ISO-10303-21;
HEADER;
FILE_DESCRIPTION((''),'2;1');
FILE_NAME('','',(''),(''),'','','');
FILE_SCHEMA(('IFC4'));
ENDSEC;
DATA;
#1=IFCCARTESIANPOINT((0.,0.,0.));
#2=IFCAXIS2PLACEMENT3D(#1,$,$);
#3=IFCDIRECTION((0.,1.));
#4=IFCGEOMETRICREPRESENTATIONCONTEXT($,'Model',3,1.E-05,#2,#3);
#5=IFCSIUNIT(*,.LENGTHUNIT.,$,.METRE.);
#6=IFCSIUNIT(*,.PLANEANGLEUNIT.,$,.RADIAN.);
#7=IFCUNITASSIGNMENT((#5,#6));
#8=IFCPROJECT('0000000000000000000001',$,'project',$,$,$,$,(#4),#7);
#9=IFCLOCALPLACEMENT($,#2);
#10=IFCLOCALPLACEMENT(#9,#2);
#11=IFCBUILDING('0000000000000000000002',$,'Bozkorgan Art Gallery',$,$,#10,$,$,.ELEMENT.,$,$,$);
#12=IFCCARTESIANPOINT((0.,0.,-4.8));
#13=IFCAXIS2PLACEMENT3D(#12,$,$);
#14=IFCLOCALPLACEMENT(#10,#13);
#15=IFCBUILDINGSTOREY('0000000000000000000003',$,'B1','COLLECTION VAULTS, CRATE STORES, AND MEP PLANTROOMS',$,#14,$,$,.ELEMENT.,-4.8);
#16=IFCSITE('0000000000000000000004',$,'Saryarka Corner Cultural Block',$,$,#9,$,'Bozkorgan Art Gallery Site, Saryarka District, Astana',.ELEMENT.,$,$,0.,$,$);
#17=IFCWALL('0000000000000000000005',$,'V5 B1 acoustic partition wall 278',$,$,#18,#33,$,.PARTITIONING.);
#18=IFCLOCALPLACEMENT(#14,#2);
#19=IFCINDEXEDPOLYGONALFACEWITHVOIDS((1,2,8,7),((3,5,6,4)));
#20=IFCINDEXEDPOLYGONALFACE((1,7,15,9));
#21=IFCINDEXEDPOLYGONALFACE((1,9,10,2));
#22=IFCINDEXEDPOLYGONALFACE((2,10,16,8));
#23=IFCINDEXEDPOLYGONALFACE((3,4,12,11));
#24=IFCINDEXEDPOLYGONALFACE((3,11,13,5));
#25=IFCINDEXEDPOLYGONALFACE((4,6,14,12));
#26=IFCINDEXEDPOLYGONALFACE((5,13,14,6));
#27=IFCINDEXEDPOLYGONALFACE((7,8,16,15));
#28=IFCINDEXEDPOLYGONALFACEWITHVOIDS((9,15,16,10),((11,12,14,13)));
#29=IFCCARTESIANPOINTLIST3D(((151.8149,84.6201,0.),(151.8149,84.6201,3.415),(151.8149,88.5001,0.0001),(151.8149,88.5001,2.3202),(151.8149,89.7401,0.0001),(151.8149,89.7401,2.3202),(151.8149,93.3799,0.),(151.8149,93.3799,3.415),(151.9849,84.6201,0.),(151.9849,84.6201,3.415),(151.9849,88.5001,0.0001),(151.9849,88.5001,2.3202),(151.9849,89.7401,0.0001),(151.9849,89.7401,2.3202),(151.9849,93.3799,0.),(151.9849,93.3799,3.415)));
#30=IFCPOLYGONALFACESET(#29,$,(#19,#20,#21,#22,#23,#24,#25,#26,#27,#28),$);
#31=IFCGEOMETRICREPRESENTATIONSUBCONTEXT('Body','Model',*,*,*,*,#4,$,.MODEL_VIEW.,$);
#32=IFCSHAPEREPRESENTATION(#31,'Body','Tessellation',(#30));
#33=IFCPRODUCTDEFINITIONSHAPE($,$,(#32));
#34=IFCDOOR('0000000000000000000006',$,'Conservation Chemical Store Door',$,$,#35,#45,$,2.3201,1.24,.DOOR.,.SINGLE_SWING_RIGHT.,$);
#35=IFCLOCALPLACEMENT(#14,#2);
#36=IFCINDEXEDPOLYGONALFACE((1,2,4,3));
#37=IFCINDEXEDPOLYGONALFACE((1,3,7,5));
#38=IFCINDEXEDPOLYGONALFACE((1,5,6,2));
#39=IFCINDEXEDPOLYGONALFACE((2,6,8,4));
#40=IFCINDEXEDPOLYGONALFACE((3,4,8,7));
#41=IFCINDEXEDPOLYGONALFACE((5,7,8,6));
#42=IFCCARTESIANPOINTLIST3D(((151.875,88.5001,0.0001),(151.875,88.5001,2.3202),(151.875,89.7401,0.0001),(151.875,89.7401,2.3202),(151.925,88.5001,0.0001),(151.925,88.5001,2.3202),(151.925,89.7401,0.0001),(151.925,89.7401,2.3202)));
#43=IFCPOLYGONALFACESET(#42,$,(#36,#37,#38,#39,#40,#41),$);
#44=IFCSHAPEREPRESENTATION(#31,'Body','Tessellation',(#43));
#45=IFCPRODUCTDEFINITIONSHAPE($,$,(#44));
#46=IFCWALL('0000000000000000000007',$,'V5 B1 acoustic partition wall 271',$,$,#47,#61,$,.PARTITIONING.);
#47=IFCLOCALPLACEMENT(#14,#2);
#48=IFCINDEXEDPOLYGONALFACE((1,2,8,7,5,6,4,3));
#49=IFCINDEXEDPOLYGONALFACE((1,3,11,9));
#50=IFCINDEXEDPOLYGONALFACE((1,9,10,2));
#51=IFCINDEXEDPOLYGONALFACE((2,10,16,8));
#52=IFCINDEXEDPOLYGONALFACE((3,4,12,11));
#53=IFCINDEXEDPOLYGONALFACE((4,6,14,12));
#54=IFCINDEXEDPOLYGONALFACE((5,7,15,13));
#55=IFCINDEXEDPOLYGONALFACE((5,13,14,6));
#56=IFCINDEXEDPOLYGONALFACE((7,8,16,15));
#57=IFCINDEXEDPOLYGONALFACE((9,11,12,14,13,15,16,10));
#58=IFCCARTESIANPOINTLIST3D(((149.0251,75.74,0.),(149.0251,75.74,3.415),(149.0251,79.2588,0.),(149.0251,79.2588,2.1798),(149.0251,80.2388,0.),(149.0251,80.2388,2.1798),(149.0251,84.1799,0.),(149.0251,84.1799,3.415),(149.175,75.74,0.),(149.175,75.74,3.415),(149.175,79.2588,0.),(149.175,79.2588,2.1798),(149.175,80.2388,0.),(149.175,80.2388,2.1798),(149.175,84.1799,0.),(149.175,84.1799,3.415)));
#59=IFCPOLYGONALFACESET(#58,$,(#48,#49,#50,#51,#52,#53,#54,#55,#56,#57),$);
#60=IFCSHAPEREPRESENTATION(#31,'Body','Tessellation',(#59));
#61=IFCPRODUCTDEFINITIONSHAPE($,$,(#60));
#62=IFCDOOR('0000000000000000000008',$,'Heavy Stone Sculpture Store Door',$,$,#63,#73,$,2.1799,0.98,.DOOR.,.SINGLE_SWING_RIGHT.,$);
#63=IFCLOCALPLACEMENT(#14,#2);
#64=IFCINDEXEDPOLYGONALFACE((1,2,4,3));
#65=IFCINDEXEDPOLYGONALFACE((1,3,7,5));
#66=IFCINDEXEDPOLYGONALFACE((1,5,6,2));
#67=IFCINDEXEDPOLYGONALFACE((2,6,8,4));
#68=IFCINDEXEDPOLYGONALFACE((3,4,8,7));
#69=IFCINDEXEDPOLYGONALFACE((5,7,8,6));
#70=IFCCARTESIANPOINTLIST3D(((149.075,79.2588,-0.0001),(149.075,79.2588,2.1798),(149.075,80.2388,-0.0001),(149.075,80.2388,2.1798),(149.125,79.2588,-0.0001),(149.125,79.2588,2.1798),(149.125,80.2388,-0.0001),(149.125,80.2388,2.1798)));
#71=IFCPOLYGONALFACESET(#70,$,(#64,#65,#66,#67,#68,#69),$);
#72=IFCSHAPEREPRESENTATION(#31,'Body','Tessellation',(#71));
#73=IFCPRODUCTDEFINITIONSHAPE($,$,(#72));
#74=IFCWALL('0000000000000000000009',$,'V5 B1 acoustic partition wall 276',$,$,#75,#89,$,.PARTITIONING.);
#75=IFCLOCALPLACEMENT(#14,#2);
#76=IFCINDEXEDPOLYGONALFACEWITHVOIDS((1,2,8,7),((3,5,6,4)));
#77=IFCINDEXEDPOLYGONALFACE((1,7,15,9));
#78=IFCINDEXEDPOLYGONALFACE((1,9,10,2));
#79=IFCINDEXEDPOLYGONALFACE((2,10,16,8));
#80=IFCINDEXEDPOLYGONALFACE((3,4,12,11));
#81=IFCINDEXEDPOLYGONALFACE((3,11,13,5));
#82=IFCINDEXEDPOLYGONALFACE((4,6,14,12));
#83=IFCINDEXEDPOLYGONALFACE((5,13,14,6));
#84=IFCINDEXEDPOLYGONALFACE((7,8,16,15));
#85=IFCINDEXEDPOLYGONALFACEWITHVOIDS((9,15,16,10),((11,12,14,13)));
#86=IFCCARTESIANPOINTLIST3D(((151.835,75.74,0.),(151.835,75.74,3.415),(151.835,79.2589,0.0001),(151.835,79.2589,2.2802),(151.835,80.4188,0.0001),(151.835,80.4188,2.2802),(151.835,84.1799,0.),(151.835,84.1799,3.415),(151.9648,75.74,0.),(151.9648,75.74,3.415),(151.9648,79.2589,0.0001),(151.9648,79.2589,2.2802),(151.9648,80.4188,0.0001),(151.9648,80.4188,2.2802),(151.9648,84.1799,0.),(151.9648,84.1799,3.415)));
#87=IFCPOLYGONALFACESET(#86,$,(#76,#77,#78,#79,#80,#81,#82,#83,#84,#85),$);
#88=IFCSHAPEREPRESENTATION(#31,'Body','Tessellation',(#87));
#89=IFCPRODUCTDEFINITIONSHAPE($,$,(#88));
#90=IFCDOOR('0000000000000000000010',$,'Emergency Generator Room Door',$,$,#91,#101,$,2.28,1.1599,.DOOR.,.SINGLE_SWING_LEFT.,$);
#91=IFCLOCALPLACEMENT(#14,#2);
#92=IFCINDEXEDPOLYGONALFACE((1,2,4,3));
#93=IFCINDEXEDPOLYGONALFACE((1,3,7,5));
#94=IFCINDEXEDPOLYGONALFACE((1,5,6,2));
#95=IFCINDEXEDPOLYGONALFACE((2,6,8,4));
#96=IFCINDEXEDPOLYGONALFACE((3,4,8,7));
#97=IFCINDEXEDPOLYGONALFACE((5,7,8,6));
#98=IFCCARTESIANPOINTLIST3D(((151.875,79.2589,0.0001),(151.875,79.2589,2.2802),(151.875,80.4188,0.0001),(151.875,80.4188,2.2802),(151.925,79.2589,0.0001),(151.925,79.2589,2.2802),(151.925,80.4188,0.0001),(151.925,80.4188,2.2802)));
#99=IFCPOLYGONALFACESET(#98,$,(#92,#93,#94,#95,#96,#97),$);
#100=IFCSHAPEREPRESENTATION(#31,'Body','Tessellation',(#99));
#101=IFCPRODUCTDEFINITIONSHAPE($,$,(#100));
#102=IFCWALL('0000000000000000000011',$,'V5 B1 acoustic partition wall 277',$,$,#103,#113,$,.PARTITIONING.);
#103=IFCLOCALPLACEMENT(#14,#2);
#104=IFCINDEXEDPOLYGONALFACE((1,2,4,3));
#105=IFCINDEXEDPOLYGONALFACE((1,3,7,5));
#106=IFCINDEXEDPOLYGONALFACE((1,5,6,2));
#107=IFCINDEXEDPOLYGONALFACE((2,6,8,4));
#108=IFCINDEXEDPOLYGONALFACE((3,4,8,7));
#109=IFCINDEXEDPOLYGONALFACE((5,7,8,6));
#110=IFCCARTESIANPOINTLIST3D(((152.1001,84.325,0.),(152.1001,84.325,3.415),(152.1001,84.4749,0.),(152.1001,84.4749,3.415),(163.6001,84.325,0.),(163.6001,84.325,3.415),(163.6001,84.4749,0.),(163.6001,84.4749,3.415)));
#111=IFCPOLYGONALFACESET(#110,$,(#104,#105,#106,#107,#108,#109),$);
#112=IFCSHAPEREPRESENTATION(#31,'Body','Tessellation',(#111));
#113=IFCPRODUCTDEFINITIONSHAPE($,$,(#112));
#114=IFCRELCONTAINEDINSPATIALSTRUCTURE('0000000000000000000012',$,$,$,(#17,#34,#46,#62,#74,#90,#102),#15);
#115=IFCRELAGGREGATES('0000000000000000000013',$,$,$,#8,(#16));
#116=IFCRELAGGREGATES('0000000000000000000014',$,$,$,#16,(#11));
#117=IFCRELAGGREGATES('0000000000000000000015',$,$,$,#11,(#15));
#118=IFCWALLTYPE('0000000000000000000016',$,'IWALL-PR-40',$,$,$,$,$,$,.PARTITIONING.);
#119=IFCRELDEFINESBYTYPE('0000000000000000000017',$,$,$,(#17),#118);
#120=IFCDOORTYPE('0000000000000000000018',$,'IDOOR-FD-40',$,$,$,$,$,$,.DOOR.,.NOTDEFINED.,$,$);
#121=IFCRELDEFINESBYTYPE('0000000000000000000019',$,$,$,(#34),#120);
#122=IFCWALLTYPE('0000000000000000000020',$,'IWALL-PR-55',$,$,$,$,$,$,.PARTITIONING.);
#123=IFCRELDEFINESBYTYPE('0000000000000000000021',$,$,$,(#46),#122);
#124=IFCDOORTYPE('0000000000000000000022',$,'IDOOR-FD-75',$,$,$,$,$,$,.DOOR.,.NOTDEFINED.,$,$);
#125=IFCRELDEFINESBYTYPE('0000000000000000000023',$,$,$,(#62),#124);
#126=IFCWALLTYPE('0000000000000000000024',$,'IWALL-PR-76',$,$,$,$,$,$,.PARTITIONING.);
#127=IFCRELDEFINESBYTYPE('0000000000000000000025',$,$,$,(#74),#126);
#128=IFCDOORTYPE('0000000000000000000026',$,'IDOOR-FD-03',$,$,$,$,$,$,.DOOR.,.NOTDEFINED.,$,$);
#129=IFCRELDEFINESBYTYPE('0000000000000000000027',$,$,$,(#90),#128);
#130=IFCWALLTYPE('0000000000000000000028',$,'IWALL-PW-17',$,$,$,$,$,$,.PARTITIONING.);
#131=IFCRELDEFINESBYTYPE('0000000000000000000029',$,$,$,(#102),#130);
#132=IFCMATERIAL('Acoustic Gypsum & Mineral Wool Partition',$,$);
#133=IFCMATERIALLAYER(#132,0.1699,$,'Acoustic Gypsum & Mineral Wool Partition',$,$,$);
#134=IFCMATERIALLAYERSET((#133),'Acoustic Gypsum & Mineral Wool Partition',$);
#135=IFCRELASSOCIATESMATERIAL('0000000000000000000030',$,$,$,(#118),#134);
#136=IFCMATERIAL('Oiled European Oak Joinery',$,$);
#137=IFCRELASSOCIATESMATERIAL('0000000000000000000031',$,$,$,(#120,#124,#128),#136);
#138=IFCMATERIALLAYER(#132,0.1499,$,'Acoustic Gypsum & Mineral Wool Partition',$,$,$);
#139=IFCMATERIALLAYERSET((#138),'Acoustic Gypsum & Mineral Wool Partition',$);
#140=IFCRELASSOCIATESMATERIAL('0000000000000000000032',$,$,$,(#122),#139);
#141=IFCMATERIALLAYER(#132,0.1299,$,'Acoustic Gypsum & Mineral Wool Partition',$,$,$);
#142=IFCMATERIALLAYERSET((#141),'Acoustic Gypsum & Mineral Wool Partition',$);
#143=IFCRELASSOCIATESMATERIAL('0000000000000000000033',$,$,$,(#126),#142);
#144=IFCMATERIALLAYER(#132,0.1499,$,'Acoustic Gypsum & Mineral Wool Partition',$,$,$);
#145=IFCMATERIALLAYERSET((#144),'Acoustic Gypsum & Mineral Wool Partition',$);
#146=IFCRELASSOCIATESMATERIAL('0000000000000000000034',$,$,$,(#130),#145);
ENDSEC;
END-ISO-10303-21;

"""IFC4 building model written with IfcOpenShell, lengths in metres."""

from ifc_helpers import new_model, si_unit, direction, frame, frame_2d, origin, place, context, subcontext, project, spatial, rectangle, extrude, material, layer, layer_set, type_object, element, fill, save


model = new_model("IFC4")

# Units and contexts
model_context = context("Model", 3, precision=1e-05, world=origin(), true_north=direction((0.0, 1.0)))
body_context = subcontext(model_context, "Body", "Model", "MODEL_VIEW")
ifc_project = project(units=[si_unit("LENGTHUNIT", "METRE"), si_unit("PLANEANGLEUNIT", "RADIAN")], contexts=[model_context])

# Site, building, storey
site_placement = place(None, origin())
site = spatial("IfcSite", under=ifc_project, at=site_placement, Name="Saryarka Corner Cultural Block", LongName="Bozkorgan Art Gallery Site, Saryarka District, Astana", CompositionType="ELEMENT", RefElevation=0.0)
building_placement = place(site_placement, origin())
building = spatial("IfcBuilding", under=site, at=building_placement, Name="Bozkorgan Art Gallery", CompositionType="ELEMENT")
storey_placement = place(building_placement, frame((0.0, 0.0, -4.8)))
storey = spatial("IfcBuildingStorey", under=building, at=storey_placement, Name="B1", Description="COLLECTION VAULTS, CRATE STORES, AND MEP PLANTROOMS", CompositionType="ELEMENT", Elevation=-4.8)

# Walls, openings, doors
ifc_material_1 = material(Name="Acoustic Gypsum & Mineral Wool Partition")
ifc_layer_1 = layer(ifc_material_1, 0.1699, Name="Acoustic Gypsum & Mineral Wool Partition")
ifc_layer_set_1 = layer_set([ifc_layer_1], Name="Acoustic Gypsum & Mineral Wool Partition")
wall_type_1 = type_object("IfcWallType", Name="IWALL-PR-40", PredefinedType="PARTITIONING", material=ifc_layer_set_1)
wall_1_placement = place(storey_placement, frame((151.8999, 84.6201, 0.0), z_axis=(0.0, 0.0, 1.0), x_axis=(0.0, 1.0, 0.0)))
wall_1 = element("IfcWall", 1, at=wall_1_placement, inside=storey, type_object=wall_type_1, Name="V5 B1 acoustic partition wall 278", PredefinedType="PARTITIONING", context=body_context, shape_type="SweptSolid", body=[
    extrude(rectangle(XDim=8.7598, YDim=0.1699, at=frame_2d((4.3799, 0.0))), origin(), (0.0, 0.0, 1.0), 3.415),
])
opening_1_placement = place(wall_1_placement, frame((3.8799, 0.0, 0.0)))
opening_1 = element("IfcOpeningElement", 2, at=opening_1_placement, cuts=wall_1, PredefinedType="OPENING", context=body_context, shape_type="SweptSolid", body=[
    extrude(rectangle(XDim=1.24, YDim=2.3201, at=frame_2d((0.6201, 1.1602))), frame((0.0, 0.095, 0.0), z_axis=(0.0, -1.0, 0.0), x_axis=(1.0, 0.0, 0.0)), (0.0, 0.0, 1.0), 0.1899),
])
ifc_material_2 = material(Name="Oiled European Oak Joinery")
door_type_1 = type_object("IfcDoorType", Name="IDOOR-FD-40", OperationType="NOTDEFINED", PredefinedType="DOOR", material=ifc_material_2)
door_1_placement = place(opening_1_placement, origin())
door_1 = element("IfcDoor", 3, at=door_1_placement, inside=storey, type_object=door_type_1, Name="Conservation Chemical Store Door", OperationType="SINGLE_SWING_RIGHT", OverallHeight=2.3201, OverallWidth=1.24, PredefinedType="DOOR", context=body_context, shape_type="SweptSolid", body=[
    extrude(rectangle(XDim=1.24, YDim=2.3201, at=frame_2d((0.6201, 1.1602))), frame((0.0, 0.0249, 0.0), z_axis=(0.0, -1.0, 0.0), x_axis=(1.0, 0.0, 0.0)), (0.0, 0.0, 1.0), 0.05),
])
fill(opening_1, door_1)
ifc_layer_2 = layer(ifc_material_1, 0.1499, Name="Acoustic Gypsum & Mineral Wool Partition")
ifc_layer_set_2 = layer_set([ifc_layer_2], Name="Acoustic Gypsum & Mineral Wool Partition")
wall_type_2 = type_object("IfcWallType", Name="IWALL-PR-55", PredefinedType="PARTITIONING", material=ifc_layer_set_2)
wall_2_placement = place(storey_placement, frame((149.1001, 75.74, 0.0), z_axis=(0.0, 0.0, 1.0), x_axis=(0.0, 1.0, 0.0)))
wall_2 = element("IfcWall", 4, at=wall_2_placement, inside=storey, type_object=wall_type_2, Name="V5 B1 acoustic partition wall 271", PredefinedType="PARTITIONING", context=body_context, shape_type="SweptSolid", body=[
    extrude(rectangle(XDim=8.4399, YDim=0.1499, at=frame_2d((4.22, 0.0))), origin(), (0.0, 0.0, 1.0), 3.415),
])
opening_2_placement = place(wall_2_placement, frame((4.4988, 0.0, 0.0), z_axis=(0.0, 0.0, 1.0), x_axis=(-1.0, 0.0, 0.0)))
opening_2 = element("IfcOpeningElement", 5, at=opening_2_placement, cuts=wall_2, PredefinedType="OPENING", context=body_context, shape_type="SweptSolid", body=[
    extrude(rectangle(XDim=0.98, YDim=2.1799, at=frame_2d((0.49, 1.0898))), frame((0.0, 0.085, 0.0), z_axis=(0.0, -1.0, 0.0), x_axis=(1.0, 0.0, 0.0)), (0.0, 0.0, 1.0), 0.1699),
])
door_type_2 = type_object("IfcDoorType", Name="IDOOR-FD-75", OperationType="NOTDEFINED", PredefinedType="DOOR", material=ifc_material_2)
door_2_placement = place(opening_2_placement, origin())
door_2 = element("IfcDoor", 6, at=door_2_placement, inside=storey, type_object=door_type_2, Name="Heavy Stone Sculpture Store Door", OperationType="SINGLE_SWING_RIGHT", OverallHeight=2.1799, OverallWidth=0.98, PredefinedType="DOOR", context=body_context, shape_type="SweptSolid", body=[
    extrude(rectangle(XDim=0.98, YDim=2.1799, at=frame_2d((0.49, 1.0898))), frame((0.0, 0.0249, 0.0), z_axis=(0.0, -1.0, 0.0), x_axis=(1.0, 0.0, 0.0)), (0.0, 0.0, 1.0), 0.05),
])
fill(opening_2, door_2)
ifc_layer_3 = layer(ifc_material_1, 0.1299, Name="Acoustic Gypsum & Mineral Wool Partition")
ifc_layer_set_3 = layer_set([ifc_layer_3], Name="Acoustic Gypsum & Mineral Wool Partition")
wall_type_3 = type_object("IfcWallType", Name="IWALL-PR-76", PredefinedType="PARTITIONING", material=ifc_layer_set_3)
wall_3_placement = place(storey_placement, frame((151.8999, 75.74, 0.0), z_axis=(0.0, 0.0, 1.0), x_axis=(0.0, 1.0, 0.0)))
wall_3 = element("IfcWall", 7, at=wall_3_placement, inside=storey, type_object=wall_type_3, Name="V5 B1 acoustic partition wall 276", PredefinedType="PARTITIONING", context=body_context, shape_type="SweptSolid", body=[
    extrude(rectangle(XDim=8.4399, YDim=0.1299, at=frame_2d((4.22, 0.0))), origin(), (0.0, 0.0, 1.0), 3.415),
])
opening_3_placement = place(wall_3_placement, frame((3.5188, 0.0, 0.0)))
opening_3 = element("IfcOpeningElement", 8, at=opening_3_placement, cuts=wall_3, PredefinedType="OPENING", context=body_context, shape_type="SweptSolid", body=[
    extrude(rectangle(XDim=1.1599, YDim=2.28, at=frame_2d((0.5801, 1.1401))), frame((0.0, 0.075, 0.0), z_axis=(0.0, -1.0, 0.0), x_axis=(1.0, 0.0, 0.0)), (0.0, 0.0, 1.0), 0.1499),
])
door_type_3 = type_object("IfcDoorType", Name="IDOOR-FD-03", OperationType="NOTDEFINED", PredefinedType="DOOR", material=ifc_material_2)
door_3_placement = place(opening_3_placement, origin())
door_3 = element("IfcDoor", 9, at=door_3_placement, inside=storey, type_object=door_type_3, Name="Emergency Generator Room Door", OperationType="SINGLE_SWING_LEFT", OverallHeight=2.28, OverallWidth=1.1599, PredefinedType="DOOR", context=body_context, shape_type="SweptSolid", body=[
    extrude(rectangle(XDim=1.1599, YDim=2.28, at=frame_2d((0.5801, 1.1401))), frame((0.0, 0.0249, 0.0), z_axis=(0.0, -1.0, 0.0), x_axis=(1.0, 0.0, 0.0)), (0.0, 0.0, 1.0), 0.05),
])
fill(opening_3, door_3)

# Wall
ifc_layer_4 = layer(ifc_material_1, 0.1499, Name="Acoustic Gypsum & Mineral Wool Partition")
ifc_layer_set_4 = layer_set([ifc_layer_4], Name="Acoustic Gypsum & Mineral Wool Partition")
wall_type_4 = type_object("IfcWallType", Name="IWALL-PW-17", PredefinedType="PARTITIONING", material=ifc_layer_set_4)
wall_4_placement = place(storey_placement, frame((152.1001, 84.3999, 0.0), z_axis=(0.0, 0.0, 1.0), x_axis=(1.0, 0.0, 0.0)))
element("IfcWall", 10, at=wall_4_placement, inside=storey, type_object=wall_type_4, Name="V5 B1 acoustic partition wall 277", PredefinedType="PARTITIONING", context=body_context, shape_type="SweptSolid", body=[
    extrude(rectangle(XDim=11.5, YDim=0.1499, at=frame_2d((5.75, 0.0))), origin(), (0.0, 0.0, 1.0), 3.415),
])

save(model, "model.ifc")
